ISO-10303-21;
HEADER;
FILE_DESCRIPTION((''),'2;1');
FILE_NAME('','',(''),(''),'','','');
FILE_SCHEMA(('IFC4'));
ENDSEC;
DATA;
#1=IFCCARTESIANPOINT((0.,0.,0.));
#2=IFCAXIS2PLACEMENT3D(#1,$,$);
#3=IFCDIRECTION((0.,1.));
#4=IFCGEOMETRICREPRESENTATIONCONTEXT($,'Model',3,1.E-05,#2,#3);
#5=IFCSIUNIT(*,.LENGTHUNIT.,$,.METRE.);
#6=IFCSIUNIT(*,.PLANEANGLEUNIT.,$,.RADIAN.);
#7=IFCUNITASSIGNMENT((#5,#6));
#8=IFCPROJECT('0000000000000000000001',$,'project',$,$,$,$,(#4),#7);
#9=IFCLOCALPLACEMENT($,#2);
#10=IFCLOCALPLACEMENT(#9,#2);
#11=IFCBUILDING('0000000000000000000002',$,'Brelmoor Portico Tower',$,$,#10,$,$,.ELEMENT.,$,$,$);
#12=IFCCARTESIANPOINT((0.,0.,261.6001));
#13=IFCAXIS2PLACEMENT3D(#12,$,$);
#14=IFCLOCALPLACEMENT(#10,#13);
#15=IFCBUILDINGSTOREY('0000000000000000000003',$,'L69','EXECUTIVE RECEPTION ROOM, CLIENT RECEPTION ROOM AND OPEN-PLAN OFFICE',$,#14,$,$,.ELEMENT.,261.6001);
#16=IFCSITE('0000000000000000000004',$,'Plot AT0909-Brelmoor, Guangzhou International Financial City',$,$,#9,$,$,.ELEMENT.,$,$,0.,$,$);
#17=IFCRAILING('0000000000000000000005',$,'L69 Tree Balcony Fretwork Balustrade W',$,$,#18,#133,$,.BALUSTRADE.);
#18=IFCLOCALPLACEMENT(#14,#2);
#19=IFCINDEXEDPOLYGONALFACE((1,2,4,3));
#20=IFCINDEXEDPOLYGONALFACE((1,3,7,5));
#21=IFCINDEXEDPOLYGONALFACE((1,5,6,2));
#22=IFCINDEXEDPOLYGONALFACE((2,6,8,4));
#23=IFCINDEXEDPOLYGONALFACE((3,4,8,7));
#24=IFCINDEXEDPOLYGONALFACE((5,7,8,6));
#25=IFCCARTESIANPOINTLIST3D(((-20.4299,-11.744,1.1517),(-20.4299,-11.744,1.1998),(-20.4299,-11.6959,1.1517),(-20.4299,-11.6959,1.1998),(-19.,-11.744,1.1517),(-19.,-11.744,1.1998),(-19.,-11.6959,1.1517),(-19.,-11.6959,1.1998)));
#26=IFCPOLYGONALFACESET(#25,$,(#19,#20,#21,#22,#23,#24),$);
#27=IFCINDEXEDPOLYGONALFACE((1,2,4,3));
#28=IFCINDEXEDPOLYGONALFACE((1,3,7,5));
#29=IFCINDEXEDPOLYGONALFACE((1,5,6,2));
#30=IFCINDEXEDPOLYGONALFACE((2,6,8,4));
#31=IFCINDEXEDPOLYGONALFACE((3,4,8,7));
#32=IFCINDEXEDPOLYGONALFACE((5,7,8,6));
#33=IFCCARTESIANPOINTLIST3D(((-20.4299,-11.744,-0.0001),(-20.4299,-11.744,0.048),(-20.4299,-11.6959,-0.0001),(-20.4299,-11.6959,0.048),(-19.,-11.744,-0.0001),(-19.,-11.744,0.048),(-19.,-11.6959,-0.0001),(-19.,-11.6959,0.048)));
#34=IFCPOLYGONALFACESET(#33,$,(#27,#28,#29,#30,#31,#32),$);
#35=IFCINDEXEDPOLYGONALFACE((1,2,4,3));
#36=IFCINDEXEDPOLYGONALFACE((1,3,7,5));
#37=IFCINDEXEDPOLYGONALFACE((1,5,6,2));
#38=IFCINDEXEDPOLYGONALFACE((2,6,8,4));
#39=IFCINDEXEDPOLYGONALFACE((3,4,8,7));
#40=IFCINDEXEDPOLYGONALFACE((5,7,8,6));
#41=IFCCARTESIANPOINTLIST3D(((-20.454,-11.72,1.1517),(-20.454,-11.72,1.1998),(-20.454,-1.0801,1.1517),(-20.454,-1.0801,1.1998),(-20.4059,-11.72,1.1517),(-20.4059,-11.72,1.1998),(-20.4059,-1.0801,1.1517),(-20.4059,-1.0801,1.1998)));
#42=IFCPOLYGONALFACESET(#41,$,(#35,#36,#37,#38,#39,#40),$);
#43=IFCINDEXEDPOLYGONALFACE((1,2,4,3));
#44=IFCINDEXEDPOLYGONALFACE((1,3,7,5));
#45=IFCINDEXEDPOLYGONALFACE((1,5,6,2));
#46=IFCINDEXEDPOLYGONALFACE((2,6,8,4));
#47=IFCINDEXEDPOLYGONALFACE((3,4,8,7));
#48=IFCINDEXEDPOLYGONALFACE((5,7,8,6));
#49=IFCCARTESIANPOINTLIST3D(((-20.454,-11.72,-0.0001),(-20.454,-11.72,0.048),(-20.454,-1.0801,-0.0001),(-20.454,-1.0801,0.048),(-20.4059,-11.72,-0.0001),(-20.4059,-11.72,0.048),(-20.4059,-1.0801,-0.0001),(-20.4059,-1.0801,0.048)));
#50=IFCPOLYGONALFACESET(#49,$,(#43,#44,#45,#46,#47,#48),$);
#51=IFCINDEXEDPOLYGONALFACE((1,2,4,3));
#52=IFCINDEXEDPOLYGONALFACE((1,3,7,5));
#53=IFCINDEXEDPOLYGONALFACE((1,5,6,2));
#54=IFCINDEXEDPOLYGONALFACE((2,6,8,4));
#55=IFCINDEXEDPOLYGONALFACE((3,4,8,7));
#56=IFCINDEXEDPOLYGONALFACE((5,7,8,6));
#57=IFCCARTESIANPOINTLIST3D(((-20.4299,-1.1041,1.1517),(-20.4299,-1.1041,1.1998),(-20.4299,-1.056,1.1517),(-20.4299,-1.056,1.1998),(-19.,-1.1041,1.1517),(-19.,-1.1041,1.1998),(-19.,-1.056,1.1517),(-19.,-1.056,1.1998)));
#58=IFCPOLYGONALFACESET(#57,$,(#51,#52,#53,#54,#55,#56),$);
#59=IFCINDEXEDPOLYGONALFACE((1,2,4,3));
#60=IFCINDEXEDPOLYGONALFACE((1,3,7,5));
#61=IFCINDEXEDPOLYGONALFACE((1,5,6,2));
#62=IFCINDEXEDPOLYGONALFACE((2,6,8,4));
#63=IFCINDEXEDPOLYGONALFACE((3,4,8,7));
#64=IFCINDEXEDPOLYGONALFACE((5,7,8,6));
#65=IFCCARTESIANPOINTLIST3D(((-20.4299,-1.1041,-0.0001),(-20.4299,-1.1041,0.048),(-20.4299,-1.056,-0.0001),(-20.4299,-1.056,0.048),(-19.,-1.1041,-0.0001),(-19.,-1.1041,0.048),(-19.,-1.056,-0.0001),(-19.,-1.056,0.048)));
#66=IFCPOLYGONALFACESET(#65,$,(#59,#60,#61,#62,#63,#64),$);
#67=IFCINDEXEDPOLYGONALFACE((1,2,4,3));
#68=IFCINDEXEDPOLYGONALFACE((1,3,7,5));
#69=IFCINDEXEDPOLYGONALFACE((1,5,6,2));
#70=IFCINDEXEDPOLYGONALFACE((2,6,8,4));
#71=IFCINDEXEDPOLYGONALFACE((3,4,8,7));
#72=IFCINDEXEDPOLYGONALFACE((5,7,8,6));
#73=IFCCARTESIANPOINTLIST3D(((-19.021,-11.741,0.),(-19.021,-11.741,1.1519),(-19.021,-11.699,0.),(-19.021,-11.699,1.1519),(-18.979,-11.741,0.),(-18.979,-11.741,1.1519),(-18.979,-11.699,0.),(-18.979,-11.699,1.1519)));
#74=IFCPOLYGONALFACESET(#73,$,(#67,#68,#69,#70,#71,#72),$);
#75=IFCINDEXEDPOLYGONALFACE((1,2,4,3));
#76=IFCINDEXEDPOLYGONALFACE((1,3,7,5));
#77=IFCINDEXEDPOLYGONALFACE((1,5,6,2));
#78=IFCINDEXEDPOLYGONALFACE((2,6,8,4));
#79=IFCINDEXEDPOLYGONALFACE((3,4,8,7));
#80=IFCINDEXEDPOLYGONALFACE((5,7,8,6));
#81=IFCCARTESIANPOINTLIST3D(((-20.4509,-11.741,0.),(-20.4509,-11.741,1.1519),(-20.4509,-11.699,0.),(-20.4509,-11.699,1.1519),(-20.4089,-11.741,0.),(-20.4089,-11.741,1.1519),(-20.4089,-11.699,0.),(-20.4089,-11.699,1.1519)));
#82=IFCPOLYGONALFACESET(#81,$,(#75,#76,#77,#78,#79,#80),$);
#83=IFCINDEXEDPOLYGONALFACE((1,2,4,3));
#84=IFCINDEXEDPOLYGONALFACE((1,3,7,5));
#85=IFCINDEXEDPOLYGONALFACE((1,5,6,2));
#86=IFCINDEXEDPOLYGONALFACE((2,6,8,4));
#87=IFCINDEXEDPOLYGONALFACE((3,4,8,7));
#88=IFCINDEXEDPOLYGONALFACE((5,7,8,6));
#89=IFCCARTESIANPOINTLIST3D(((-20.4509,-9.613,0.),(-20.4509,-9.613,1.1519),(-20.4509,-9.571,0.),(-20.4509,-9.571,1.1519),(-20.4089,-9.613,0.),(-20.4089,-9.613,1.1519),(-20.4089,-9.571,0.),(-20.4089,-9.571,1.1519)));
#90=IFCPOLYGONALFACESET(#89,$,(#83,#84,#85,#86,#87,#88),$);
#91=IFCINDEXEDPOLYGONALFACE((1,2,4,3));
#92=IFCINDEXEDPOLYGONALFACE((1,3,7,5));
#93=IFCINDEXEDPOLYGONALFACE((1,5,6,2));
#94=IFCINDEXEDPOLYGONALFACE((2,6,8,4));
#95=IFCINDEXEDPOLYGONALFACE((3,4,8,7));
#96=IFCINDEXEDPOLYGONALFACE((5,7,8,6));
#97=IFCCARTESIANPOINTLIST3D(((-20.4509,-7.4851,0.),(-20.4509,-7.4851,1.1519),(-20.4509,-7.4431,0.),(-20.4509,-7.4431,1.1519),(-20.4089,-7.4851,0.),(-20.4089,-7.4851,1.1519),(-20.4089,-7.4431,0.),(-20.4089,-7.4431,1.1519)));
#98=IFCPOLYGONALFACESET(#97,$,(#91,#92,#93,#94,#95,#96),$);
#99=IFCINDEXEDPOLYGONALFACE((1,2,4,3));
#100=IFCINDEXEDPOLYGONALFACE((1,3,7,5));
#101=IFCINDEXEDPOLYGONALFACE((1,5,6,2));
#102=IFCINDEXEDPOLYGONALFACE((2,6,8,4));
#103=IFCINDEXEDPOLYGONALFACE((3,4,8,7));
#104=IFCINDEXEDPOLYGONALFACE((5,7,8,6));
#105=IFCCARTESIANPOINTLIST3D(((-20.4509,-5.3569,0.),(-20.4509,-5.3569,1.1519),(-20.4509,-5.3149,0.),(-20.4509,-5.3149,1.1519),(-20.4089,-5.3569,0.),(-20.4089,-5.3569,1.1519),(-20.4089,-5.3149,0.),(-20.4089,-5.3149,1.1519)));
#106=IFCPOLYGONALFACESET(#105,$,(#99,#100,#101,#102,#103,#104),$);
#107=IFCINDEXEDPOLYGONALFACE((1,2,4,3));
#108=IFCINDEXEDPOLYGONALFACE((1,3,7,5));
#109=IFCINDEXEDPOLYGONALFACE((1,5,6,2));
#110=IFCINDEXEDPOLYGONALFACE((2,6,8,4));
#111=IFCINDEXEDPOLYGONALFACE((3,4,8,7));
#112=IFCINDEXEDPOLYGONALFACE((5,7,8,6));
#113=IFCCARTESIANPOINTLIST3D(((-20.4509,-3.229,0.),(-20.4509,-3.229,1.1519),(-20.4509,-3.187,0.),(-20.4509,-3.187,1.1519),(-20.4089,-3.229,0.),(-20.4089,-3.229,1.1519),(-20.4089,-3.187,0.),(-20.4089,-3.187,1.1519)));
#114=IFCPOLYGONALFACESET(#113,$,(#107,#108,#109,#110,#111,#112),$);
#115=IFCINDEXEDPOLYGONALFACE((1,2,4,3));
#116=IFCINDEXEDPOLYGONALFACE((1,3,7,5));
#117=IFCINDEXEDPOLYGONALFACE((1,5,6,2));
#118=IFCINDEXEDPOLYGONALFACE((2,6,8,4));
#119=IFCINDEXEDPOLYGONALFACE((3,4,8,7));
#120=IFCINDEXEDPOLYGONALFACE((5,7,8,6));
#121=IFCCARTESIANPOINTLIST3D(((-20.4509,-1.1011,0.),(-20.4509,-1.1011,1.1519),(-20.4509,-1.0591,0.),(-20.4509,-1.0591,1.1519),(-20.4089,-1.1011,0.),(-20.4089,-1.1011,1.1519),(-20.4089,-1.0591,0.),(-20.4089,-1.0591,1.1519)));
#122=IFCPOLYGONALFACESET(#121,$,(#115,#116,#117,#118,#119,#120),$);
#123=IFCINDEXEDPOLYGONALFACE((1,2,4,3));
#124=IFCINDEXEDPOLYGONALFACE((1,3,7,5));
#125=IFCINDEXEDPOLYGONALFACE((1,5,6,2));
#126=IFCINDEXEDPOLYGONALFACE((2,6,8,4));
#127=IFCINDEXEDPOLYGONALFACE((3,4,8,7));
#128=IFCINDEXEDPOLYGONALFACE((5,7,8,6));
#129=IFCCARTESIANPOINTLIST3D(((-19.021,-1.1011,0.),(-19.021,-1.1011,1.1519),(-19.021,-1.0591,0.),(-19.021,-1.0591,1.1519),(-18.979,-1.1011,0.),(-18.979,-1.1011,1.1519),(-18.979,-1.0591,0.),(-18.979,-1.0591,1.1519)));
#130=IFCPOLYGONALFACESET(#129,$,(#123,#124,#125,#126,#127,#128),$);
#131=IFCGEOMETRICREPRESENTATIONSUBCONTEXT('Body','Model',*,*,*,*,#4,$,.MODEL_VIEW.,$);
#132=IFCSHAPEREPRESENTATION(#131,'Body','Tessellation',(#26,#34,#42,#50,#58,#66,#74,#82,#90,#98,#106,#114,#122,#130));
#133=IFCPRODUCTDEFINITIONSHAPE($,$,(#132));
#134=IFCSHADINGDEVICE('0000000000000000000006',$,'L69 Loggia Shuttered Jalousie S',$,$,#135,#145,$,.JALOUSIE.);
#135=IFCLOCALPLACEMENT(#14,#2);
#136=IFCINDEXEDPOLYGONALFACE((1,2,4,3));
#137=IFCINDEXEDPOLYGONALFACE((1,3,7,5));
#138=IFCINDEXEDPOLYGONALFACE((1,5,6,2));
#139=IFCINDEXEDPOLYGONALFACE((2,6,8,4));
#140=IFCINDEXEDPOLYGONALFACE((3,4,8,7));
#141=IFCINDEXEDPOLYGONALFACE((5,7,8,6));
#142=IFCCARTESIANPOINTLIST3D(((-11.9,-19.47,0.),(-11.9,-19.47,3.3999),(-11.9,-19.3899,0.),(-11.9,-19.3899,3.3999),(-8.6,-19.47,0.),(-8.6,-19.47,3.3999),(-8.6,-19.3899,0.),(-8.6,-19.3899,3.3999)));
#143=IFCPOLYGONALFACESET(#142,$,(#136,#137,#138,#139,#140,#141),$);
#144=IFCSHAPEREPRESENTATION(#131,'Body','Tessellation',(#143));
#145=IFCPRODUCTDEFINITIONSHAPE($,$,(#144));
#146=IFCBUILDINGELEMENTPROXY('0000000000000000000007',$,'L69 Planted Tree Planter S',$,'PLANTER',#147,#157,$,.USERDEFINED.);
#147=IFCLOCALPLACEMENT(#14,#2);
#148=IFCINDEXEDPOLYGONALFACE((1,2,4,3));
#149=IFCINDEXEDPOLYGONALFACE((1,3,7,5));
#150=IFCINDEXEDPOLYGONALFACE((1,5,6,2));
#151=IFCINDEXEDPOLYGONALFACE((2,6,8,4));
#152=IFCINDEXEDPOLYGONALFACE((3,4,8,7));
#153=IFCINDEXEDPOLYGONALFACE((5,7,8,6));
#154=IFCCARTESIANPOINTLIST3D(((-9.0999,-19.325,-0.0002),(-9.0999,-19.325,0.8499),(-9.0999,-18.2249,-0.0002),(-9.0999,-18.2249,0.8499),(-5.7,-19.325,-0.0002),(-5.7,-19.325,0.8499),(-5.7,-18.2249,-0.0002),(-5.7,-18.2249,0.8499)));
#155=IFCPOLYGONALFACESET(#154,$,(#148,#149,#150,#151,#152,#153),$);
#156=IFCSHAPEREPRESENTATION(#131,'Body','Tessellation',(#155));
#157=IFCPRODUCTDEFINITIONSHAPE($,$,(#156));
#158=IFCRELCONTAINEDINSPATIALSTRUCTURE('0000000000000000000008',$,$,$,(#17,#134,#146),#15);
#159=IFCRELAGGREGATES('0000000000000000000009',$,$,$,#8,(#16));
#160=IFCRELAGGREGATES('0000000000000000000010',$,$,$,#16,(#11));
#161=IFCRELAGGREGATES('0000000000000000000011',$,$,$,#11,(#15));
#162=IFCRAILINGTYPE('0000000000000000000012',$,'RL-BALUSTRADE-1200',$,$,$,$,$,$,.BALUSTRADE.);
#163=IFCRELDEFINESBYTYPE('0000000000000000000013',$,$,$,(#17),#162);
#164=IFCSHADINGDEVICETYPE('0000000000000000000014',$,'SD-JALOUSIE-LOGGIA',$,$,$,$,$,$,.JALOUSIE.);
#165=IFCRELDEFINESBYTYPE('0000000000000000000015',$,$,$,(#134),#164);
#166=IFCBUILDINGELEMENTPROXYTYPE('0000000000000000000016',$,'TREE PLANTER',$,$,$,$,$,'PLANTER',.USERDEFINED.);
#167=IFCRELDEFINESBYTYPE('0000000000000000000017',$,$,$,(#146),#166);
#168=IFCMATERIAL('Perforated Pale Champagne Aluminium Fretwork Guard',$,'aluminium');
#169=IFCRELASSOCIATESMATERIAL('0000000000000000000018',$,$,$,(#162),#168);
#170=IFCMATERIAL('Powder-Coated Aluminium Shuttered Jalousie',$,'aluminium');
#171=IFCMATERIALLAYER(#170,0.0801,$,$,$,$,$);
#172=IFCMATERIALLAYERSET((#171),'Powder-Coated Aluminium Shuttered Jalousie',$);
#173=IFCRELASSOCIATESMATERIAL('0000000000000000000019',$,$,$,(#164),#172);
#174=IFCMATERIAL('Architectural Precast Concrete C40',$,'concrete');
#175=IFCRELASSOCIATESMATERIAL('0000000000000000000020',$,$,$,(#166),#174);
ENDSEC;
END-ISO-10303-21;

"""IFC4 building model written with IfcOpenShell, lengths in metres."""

from ifc_helpers import new_model, si_unit, direction, frame, origin, origin_2d, place, context, subcontext, project, spatial, rectangle, extrude, material, layer, layer_set, type_object, element, save


model = new_model("IFC4")

# Units and contexts
model_context = context("Model", 3, precision=1e-05, world=origin(), true_north=direction((0.0, 1.0)))
body_context = subcontext(model_context, "Body", "Model", "MODEL_VIEW")
ifc_project = project(units=[si_unit("LENGTHUNIT", "METRE"), si_unit("PLANEANGLEUNIT", "RADIAN")], contexts=[model_context])

# Site, building, storey
site_placement = place(None, origin())
site = spatial("IfcSite", under=ifc_project, at=site_placement, Name="Plot AT0909-Brelmoor, Guangzhou International Financial City", CompositionType="ELEMENT", RefElevation=0.0)
building_placement = place(site_placement, origin())
building = spatial("IfcBuilding", under=site, at=building_placement, Name="Brelmoor Portico Tower", CompositionType="ELEMENT")
storey_placement = place(building_placement, frame((0.0, 0.0, 261.6001)))
storey = spatial("IfcBuildingStorey", under=building, at=storey_placement, Name="L69", Description="EXECUTIVE RECEPTION ROOM, CLIENT RECEPTION ROOM AND OPEN-PLAN OFFICE", CompositionType="ELEMENT", Elevation=261.6001)

# Railing
ifc_material_1 = material(Name="Perforated Pale Champagne Aluminium Fretwork Guard", Category="aluminium")
railing_type = type_object("IfcRailingType", Name="RL-BALUSTRADE-1200", PredefinedType="BALUSTRADE", material=ifc_material_1)
railing_1_placement = place(storey_placement, frame((-19.0, -11.72, 0.0)))
element("IfcRailing", 1, at=railing_1_placement, inside=storey, type_object=railing_type, Name="L69 Tree Balcony Fretwork Balustrade W", PredefinedType="BALUSTRADE", context=body_context, shape_type="SweptSolid", body=[
    extrude(rectangle(XDim=0.0481, YDim=0.0481, at=origin_2d()), frame((0.0, 0.0, 1.1758), z_axis=(-1.0, 0.0, 0.0), x_axis=(0.0, -1.0, 0.0)), (0.0, 0.0, 1.0), 1.4299),
    extrude(rectangle(XDim=0.0481, YDim=0.0481, at=origin_2d()), frame((0.0, 0.0, 0.0239), z_axis=(-1.0, 0.0, 0.0), x_axis=(0.0, -1.0, 0.0)), (0.0, 0.0, 1.0), 1.4299),
    extrude(rectangle(XDim=0.0481, YDim=0.0481, at=origin_2d()), frame((-1.4299, 0.0, 1.1758), z_axis=(0.0, 1.0, 0.0), x_axis=(-1.0, 0.0, 0.0)), (0.0, 0.0, 1.0), 10.6399),
    extrude(rectangle(XDim=0.0481, YDim=0.0481, at=origin_2d()), frame((-1.4299, 0.0, 0.0239), z_axis=(0.0, 1.0, 0.0), x_axis=(-1.0, 0.0, 0.0)), (0.0, 0.0, 1.0), 10.6399),
    extrude(rectangle(XDim=0.0481, YDim=0.0481, at=origin_2d()), frame((-1.4299, 10.6399, 1.1758), z_axis=(1.0, 0.0, 0.0), x_axis=(0.0, 1.0, 0.0)), (0.0, 0.0, 1.0), 1.4299),
    extrude(rectangle(XDim=0.0481, YDim=0.0481, at=origin_2d()), frame((-1.4299, 10.6399, 0.0239), z_axis=(1.0, 0.0, 0.0), x_axis=(0.0, 1.0, 0.0)), (0.0, 0.0, 1.0), 1.4299),
    extrude(rectangle(XDim=0.042, YDim=0.042, at=origin_2d()), origin(), (0.0, 0.0, 1.0), 1.1519),
    extrude(rectangle(XDim=0.042, YDim=0.042, at=origin_2d()), frame((-1.4299, 0.0, 0.0)), (0.0, 0.0, 1.0), 1.1519),
    extrude(rectangle(XDim=0.042, YDim=0.042, at=origin_2d()), frame((-1.4299, 2.1279, 0.0)), (0.0, 0.0, 1.0), 1.1519),
    extrude(rectangle(XDim=0.042, YDim=0.042, at=origin_2d()), frame((-1.4299, 4.2559, 0.0)), (0.0, 0.0, 1.0), 1.1519),
    extrude(rectangle(XDim=0.042, YDim=0.042, at=origin_2d()), frame((-1.4299, 6.384, 0.0)), (0.0, 0.0, 1.0), 1.1519),
    extrude(rectangle(XDim=0.042, YDim=0.042, at=origin_2d()), frame((-1.4299, 8.512, 0.0)), (0.0, 0.0, 1.0), 1.1519),
    extrude(rectangle(XDim=0.042, YDim=0.042, at=origin_2d()), frame((-1.4299, 10.6399, 0.0)), (0.0, 0.0, 1.0), 1.1519),
    extrude(rectangle(XDim=0.042, YDim=0.042, at=origin_2d()), frame((0.0, 10.6399, 0.0)), (0.0, 0.0, 1.0), 1.1519),
])

# Shading device
ifc_material_2 = material(Name="Powder-Coated Aluminium Shuttered Jalousie", Category="aluminium")
ifc_layer_1 = layer(ifc_material_2, 0.0801)
ifc_layer_set_1 = layer_set([ifc_layer_1], Name="Powder-Coated Aluminium Shuttered Jalousie")
shading_device_type = type_object("IfcShadingDeviceType", Name="SD-JALOUSIE-LOGGIA", PredefinedType="JALOUSIE", material=ifc_layer_set_1)
shading_device_placement = place(storey_placement, frame((-10.25, -19.4299, 0.0), z_axis=(0.0, 0.0, 1.0), x_axis=(1.0, 0.0, 0.0)))
element("IfcShadingDevice", 2, at=shading_device_placement, inside=storey, type_object=shading_device_type, Name="L69 Loggia Shuttered Jalousie S", PredefinedType="JALOUSIE", context=body_context, shape_type="SweptSolid", body=[
    extrude(rectangle(XDim=3.3, YDim=0.0801, at=origin_2d()), origin(), (0.0, 0.0, 1.0), 3.3999),
])

# Building element proxy
ifc_material_3 = material(Name="Architectural Precast Concrete C40", Category="concrete")
building_element_proxy_type = type_object("IfcBuildingElementProxyType", Name="TREE PLANTER", ElementType="PLANTER", PredefinedType="USERDEFINED", material=ifc_material_3)
proxy_placement = place(storey_placement, frame((-7.3999, -18.7749, -0.0002), z_axis=(0.0, 0.0, 1.0), x_axis=(1.0, 0.0, 0.0)))
element("IfcBuildingElementProxy", 3, at=proxy_placement, inside=storey, type_object=building_element_proxy_type, Name="L69 Planted Tree Planter S", ObjectType="PLANTER", PredefinedType="USERDEFINED", context=body_context, shape_type="SweptSolid", body=[
    extrude(rectangle(XDim=3.3999, YDim=1.1001, at=origin_2d()), origin(), (0.0, 0.0, 1.0), 0.8501),
])

save(model, "model.ifc")
